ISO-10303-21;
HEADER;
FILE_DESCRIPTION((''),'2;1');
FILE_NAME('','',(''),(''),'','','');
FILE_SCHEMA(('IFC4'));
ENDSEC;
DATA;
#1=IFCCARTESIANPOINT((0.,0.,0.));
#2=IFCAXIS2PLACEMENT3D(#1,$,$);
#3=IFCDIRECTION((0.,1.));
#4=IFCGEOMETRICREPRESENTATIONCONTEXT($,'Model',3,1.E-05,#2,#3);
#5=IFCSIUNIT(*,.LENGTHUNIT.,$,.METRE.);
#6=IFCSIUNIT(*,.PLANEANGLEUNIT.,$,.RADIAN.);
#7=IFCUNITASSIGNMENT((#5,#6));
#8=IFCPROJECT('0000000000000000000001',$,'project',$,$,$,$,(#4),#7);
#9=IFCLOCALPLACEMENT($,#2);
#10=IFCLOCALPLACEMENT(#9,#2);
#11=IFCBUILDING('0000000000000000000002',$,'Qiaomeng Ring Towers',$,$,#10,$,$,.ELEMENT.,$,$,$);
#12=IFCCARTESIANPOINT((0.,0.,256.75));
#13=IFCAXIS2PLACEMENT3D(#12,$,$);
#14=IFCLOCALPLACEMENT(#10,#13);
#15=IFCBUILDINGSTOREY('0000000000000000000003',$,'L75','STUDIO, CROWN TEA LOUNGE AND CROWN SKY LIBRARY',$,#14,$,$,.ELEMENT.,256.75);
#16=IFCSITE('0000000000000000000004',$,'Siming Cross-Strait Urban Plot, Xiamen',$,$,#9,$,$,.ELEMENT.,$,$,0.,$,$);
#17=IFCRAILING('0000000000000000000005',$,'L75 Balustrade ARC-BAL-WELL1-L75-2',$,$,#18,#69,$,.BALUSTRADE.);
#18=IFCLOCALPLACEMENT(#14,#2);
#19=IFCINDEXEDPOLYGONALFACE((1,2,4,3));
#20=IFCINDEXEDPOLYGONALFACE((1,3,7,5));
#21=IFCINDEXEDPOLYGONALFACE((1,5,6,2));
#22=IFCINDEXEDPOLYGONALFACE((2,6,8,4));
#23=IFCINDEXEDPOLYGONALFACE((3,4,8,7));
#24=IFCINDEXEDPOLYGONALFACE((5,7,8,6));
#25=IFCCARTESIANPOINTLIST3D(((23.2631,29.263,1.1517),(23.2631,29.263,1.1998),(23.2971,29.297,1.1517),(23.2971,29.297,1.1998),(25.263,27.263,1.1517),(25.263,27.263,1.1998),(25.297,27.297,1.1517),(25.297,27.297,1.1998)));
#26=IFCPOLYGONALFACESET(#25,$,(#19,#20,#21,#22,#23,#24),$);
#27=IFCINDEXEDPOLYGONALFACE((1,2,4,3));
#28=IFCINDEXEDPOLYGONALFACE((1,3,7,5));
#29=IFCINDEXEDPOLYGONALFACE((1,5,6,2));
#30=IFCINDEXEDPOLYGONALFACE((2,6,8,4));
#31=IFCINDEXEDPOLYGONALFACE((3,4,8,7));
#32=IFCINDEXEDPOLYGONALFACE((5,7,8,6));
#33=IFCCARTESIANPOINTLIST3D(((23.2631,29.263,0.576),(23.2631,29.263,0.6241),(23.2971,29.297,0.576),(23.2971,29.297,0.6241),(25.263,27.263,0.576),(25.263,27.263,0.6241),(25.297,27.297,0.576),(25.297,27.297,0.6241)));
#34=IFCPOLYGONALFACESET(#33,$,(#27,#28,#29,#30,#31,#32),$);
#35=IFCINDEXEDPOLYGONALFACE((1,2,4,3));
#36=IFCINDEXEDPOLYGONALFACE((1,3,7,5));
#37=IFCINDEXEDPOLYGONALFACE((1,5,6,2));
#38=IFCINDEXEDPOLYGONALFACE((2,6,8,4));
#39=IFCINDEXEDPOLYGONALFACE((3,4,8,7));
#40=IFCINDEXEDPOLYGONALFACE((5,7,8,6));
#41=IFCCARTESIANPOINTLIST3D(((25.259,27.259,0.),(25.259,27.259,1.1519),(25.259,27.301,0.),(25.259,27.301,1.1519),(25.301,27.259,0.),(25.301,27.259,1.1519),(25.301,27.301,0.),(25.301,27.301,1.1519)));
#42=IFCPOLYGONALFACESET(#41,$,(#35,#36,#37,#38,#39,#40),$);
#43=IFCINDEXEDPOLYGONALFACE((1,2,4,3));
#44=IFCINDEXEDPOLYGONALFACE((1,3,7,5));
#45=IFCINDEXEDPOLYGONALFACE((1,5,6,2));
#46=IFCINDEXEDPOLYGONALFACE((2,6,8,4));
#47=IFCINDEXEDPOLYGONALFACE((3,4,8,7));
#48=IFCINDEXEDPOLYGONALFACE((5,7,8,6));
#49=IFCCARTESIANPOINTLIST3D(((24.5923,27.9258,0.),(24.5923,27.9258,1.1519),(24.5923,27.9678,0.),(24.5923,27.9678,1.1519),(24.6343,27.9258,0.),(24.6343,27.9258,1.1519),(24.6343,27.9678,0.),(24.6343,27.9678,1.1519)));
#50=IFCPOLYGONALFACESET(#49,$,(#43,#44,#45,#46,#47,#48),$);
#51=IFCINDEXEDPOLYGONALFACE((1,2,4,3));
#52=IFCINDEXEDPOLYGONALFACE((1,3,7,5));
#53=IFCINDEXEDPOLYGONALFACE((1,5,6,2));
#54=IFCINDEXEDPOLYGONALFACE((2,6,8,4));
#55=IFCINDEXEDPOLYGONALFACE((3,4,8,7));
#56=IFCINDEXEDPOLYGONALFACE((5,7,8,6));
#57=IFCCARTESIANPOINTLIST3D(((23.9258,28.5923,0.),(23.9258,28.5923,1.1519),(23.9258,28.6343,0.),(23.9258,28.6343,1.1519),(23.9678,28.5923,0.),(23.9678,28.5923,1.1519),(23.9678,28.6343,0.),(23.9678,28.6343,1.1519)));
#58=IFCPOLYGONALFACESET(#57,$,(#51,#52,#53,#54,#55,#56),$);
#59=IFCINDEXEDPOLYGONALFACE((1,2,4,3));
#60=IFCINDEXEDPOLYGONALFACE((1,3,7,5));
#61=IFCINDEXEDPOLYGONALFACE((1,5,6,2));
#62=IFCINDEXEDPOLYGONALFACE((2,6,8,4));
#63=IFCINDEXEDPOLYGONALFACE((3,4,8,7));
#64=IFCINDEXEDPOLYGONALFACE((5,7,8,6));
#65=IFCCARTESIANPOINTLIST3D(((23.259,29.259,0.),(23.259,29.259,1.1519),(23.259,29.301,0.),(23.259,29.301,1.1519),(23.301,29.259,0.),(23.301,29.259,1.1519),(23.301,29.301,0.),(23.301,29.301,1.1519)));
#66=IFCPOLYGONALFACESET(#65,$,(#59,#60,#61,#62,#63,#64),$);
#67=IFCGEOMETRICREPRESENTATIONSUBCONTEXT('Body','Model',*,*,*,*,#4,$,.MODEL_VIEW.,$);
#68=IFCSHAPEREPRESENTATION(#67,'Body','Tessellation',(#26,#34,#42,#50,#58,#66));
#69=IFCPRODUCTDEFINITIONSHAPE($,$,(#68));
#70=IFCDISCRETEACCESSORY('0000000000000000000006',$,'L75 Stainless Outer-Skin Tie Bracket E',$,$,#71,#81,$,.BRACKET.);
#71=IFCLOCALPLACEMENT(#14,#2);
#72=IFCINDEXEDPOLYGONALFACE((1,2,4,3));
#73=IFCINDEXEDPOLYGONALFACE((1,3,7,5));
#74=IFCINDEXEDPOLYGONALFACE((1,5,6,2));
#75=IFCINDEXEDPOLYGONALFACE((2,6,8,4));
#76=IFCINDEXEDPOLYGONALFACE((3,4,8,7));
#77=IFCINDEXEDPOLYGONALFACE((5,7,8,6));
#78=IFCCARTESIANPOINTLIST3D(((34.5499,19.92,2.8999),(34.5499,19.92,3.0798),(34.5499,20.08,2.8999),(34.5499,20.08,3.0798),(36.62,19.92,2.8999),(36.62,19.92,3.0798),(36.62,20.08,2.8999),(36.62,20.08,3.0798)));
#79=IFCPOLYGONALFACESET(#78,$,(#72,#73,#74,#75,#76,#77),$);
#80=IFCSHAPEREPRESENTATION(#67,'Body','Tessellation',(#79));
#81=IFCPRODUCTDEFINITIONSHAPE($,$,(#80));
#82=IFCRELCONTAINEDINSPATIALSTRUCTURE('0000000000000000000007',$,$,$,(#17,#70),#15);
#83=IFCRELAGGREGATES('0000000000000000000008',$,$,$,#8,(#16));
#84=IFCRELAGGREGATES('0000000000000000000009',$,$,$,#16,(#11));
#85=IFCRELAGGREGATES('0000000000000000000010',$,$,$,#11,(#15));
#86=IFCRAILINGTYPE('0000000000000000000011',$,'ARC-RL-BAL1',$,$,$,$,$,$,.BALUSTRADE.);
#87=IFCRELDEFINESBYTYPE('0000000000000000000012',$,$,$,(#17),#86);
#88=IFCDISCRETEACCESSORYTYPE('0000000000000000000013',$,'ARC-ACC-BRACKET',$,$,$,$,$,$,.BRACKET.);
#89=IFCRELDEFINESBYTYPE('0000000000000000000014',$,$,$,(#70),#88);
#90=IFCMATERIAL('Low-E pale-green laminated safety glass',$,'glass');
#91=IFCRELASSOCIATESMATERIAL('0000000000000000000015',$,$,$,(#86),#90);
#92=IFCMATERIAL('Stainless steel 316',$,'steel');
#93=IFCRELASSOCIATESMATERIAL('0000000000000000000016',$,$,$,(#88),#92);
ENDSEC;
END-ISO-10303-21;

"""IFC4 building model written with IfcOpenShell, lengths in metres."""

from ifc_helpers import new_model, si_unit, direction, frame, origin, origin_2d, place, context, subcontext, project, spatial, rectangle, extrude, source, transform, mapped, material, type_object, element, save


model = new_model("IFC4")

# Units and contexts
model_context = context("Model", 3, precision=1e-05, world=origin(), true_north=direction((0.0, 1.0)))
body_context = subcontext(model_context, "Body", "Model", "MODEL_VIEW")
ifc_project = project(units=[si_unit("LENGTHUNIT", "METRE"), si_unit("PLANEANGLEUNIT", "RADIAN")], contexts=[model_context])

# Site, building, storey
site_placement = place(None, origin())
site = spatial("IfcSite", under=ifc_project, at=site_placement, Name="Siming Cross-Strait Urban Plot, Xiamen", CompositionType="ELEMENT", RefElevation=0.0)
building_placement = place(site_placement, origin())
building = spatial("IfcBuilding", under=site, at=building_placement, Name="Qiaomeng Ring Towers", CompositionType="ELEMENT")
storey_placement = place(building_placement, frame((0.0, 0.0, 256.75)))
storey = spatial("IfcBuildingStorey", under=building, at=storey_placement, Name="L75", Description="STUDIO, CROWN TEA LOUNGE AND CROWN SKY LIBRARY", CompositionType="ELEMENT", Elevation=256.75)

# Shared definitions
ifc_material_1 = material(Name="Stainless steel 316", Category="steel")

# Railing
ifc_material_2 = material(Name="Low-E pale-green laminated safety glass", Category="glass")
railing_type = type_object("IfcRailingType", Name="ARC-RL-BAL1", PredefinedType="BALUSTRADE", material=ifc_material_2)
railing_placement = place(storey_placement, frame((25.28, 27.28, 0.0)))
element("IfcRailing", 1, at=railing_placement, inside=storey, type_object=railing_type, Name="L75 Balustrade ARC-BAL-WELL1-L75-2", PredefinedType="BALUSTRADE", context=body_context, shape_type="SweptSolid", body=[
    extrude(rectangle(XDim=0.0481, YDim=0.0481, at=origin_2d()), frame((0.0, 0.0, 1.1758), z_axis=(-0.707107, 0.707107, 0.0), x_axis=(-0.707107, -0.707107, 0.0)), (0.0, 0.0, 1.0), 2.8284),
    extrude(rectangle(XDim=0.0481, YDim=0.0481, at=origin_2d()), frame((0.0, 0.0, 0.6001), z_axis=(-0.707107, 0.707107, 0.0), x_axis=(-0.707107, -0.707107, 0.0)), (0.0, 0.0, 1.0), 2.8284),
    extrude(rectangle(XDim=0.042, YDim=0.042, at=origin_2d()), origin(), (0.0, 0.0, 1.0), 1.1519),
    extrude(rectangle(XDim=0.042, YDim=0.042, at=origin_2d()), frame((-0.6667, 0.6667, 0.0)), (0.0, 0.0, 1.0), 1.1519),
    extrude(rectangle(XDim=0.042, YDim=0.042, at=origin_2d()), frame((-1.3333, 1.3333, 0.0)), (0.0, 0.0, 1.0), 1.1519),
    extrude(rectangle(XDim=0.042, YDim=0.042, at=origin_2d()), frame((-2.0, 2.0, 0.0)), (0.0, 0.0, 1.0), 1.1519),
])

# Discrete accessory
discrete_accessory_type = type_object("IfcDiscreteAccessoryType", Name="ARC-ACC-BRACKET", PredefinedType="BRACKET", material=ifc_material_1)
shared_shape_1 = source(origin(), body_context, "Body", "SweptSolid", [
    extrude(rectangle(XDim=2.0701, YDim=0.1599, at=origin_2d()), origin(), (0.0, 0.0, 1.0), 0.1799),
])
discrete_accessory_placement = place(storey_placement, frame((35.585, 20.0, 2.8999), z_axis=(0.0, 0.0, 1.0), x_axis=(1.0, 0.0, 0.0)))
element("IfcDiscreteAccessory", 2, at=discrete_accessory_placement, inside=storey, type_object=discrete_accessory_type, Name="L75 Stainless Outer-Skin Tie Bracket E", PredefinedType="BRACKET", context=body_context, shape_type="MappedRepresentation", body=[
    mapped(shared_shape_1, transform((0.0, 0.0, 0.0), x_axis=(1.0, 0.0, 0.0), y_axis=(0.0, 1.0, 0.0), z_axis=(0.0, 0.0, 1.0), scale=1.0)),
])

save(model, "model.ifc")
